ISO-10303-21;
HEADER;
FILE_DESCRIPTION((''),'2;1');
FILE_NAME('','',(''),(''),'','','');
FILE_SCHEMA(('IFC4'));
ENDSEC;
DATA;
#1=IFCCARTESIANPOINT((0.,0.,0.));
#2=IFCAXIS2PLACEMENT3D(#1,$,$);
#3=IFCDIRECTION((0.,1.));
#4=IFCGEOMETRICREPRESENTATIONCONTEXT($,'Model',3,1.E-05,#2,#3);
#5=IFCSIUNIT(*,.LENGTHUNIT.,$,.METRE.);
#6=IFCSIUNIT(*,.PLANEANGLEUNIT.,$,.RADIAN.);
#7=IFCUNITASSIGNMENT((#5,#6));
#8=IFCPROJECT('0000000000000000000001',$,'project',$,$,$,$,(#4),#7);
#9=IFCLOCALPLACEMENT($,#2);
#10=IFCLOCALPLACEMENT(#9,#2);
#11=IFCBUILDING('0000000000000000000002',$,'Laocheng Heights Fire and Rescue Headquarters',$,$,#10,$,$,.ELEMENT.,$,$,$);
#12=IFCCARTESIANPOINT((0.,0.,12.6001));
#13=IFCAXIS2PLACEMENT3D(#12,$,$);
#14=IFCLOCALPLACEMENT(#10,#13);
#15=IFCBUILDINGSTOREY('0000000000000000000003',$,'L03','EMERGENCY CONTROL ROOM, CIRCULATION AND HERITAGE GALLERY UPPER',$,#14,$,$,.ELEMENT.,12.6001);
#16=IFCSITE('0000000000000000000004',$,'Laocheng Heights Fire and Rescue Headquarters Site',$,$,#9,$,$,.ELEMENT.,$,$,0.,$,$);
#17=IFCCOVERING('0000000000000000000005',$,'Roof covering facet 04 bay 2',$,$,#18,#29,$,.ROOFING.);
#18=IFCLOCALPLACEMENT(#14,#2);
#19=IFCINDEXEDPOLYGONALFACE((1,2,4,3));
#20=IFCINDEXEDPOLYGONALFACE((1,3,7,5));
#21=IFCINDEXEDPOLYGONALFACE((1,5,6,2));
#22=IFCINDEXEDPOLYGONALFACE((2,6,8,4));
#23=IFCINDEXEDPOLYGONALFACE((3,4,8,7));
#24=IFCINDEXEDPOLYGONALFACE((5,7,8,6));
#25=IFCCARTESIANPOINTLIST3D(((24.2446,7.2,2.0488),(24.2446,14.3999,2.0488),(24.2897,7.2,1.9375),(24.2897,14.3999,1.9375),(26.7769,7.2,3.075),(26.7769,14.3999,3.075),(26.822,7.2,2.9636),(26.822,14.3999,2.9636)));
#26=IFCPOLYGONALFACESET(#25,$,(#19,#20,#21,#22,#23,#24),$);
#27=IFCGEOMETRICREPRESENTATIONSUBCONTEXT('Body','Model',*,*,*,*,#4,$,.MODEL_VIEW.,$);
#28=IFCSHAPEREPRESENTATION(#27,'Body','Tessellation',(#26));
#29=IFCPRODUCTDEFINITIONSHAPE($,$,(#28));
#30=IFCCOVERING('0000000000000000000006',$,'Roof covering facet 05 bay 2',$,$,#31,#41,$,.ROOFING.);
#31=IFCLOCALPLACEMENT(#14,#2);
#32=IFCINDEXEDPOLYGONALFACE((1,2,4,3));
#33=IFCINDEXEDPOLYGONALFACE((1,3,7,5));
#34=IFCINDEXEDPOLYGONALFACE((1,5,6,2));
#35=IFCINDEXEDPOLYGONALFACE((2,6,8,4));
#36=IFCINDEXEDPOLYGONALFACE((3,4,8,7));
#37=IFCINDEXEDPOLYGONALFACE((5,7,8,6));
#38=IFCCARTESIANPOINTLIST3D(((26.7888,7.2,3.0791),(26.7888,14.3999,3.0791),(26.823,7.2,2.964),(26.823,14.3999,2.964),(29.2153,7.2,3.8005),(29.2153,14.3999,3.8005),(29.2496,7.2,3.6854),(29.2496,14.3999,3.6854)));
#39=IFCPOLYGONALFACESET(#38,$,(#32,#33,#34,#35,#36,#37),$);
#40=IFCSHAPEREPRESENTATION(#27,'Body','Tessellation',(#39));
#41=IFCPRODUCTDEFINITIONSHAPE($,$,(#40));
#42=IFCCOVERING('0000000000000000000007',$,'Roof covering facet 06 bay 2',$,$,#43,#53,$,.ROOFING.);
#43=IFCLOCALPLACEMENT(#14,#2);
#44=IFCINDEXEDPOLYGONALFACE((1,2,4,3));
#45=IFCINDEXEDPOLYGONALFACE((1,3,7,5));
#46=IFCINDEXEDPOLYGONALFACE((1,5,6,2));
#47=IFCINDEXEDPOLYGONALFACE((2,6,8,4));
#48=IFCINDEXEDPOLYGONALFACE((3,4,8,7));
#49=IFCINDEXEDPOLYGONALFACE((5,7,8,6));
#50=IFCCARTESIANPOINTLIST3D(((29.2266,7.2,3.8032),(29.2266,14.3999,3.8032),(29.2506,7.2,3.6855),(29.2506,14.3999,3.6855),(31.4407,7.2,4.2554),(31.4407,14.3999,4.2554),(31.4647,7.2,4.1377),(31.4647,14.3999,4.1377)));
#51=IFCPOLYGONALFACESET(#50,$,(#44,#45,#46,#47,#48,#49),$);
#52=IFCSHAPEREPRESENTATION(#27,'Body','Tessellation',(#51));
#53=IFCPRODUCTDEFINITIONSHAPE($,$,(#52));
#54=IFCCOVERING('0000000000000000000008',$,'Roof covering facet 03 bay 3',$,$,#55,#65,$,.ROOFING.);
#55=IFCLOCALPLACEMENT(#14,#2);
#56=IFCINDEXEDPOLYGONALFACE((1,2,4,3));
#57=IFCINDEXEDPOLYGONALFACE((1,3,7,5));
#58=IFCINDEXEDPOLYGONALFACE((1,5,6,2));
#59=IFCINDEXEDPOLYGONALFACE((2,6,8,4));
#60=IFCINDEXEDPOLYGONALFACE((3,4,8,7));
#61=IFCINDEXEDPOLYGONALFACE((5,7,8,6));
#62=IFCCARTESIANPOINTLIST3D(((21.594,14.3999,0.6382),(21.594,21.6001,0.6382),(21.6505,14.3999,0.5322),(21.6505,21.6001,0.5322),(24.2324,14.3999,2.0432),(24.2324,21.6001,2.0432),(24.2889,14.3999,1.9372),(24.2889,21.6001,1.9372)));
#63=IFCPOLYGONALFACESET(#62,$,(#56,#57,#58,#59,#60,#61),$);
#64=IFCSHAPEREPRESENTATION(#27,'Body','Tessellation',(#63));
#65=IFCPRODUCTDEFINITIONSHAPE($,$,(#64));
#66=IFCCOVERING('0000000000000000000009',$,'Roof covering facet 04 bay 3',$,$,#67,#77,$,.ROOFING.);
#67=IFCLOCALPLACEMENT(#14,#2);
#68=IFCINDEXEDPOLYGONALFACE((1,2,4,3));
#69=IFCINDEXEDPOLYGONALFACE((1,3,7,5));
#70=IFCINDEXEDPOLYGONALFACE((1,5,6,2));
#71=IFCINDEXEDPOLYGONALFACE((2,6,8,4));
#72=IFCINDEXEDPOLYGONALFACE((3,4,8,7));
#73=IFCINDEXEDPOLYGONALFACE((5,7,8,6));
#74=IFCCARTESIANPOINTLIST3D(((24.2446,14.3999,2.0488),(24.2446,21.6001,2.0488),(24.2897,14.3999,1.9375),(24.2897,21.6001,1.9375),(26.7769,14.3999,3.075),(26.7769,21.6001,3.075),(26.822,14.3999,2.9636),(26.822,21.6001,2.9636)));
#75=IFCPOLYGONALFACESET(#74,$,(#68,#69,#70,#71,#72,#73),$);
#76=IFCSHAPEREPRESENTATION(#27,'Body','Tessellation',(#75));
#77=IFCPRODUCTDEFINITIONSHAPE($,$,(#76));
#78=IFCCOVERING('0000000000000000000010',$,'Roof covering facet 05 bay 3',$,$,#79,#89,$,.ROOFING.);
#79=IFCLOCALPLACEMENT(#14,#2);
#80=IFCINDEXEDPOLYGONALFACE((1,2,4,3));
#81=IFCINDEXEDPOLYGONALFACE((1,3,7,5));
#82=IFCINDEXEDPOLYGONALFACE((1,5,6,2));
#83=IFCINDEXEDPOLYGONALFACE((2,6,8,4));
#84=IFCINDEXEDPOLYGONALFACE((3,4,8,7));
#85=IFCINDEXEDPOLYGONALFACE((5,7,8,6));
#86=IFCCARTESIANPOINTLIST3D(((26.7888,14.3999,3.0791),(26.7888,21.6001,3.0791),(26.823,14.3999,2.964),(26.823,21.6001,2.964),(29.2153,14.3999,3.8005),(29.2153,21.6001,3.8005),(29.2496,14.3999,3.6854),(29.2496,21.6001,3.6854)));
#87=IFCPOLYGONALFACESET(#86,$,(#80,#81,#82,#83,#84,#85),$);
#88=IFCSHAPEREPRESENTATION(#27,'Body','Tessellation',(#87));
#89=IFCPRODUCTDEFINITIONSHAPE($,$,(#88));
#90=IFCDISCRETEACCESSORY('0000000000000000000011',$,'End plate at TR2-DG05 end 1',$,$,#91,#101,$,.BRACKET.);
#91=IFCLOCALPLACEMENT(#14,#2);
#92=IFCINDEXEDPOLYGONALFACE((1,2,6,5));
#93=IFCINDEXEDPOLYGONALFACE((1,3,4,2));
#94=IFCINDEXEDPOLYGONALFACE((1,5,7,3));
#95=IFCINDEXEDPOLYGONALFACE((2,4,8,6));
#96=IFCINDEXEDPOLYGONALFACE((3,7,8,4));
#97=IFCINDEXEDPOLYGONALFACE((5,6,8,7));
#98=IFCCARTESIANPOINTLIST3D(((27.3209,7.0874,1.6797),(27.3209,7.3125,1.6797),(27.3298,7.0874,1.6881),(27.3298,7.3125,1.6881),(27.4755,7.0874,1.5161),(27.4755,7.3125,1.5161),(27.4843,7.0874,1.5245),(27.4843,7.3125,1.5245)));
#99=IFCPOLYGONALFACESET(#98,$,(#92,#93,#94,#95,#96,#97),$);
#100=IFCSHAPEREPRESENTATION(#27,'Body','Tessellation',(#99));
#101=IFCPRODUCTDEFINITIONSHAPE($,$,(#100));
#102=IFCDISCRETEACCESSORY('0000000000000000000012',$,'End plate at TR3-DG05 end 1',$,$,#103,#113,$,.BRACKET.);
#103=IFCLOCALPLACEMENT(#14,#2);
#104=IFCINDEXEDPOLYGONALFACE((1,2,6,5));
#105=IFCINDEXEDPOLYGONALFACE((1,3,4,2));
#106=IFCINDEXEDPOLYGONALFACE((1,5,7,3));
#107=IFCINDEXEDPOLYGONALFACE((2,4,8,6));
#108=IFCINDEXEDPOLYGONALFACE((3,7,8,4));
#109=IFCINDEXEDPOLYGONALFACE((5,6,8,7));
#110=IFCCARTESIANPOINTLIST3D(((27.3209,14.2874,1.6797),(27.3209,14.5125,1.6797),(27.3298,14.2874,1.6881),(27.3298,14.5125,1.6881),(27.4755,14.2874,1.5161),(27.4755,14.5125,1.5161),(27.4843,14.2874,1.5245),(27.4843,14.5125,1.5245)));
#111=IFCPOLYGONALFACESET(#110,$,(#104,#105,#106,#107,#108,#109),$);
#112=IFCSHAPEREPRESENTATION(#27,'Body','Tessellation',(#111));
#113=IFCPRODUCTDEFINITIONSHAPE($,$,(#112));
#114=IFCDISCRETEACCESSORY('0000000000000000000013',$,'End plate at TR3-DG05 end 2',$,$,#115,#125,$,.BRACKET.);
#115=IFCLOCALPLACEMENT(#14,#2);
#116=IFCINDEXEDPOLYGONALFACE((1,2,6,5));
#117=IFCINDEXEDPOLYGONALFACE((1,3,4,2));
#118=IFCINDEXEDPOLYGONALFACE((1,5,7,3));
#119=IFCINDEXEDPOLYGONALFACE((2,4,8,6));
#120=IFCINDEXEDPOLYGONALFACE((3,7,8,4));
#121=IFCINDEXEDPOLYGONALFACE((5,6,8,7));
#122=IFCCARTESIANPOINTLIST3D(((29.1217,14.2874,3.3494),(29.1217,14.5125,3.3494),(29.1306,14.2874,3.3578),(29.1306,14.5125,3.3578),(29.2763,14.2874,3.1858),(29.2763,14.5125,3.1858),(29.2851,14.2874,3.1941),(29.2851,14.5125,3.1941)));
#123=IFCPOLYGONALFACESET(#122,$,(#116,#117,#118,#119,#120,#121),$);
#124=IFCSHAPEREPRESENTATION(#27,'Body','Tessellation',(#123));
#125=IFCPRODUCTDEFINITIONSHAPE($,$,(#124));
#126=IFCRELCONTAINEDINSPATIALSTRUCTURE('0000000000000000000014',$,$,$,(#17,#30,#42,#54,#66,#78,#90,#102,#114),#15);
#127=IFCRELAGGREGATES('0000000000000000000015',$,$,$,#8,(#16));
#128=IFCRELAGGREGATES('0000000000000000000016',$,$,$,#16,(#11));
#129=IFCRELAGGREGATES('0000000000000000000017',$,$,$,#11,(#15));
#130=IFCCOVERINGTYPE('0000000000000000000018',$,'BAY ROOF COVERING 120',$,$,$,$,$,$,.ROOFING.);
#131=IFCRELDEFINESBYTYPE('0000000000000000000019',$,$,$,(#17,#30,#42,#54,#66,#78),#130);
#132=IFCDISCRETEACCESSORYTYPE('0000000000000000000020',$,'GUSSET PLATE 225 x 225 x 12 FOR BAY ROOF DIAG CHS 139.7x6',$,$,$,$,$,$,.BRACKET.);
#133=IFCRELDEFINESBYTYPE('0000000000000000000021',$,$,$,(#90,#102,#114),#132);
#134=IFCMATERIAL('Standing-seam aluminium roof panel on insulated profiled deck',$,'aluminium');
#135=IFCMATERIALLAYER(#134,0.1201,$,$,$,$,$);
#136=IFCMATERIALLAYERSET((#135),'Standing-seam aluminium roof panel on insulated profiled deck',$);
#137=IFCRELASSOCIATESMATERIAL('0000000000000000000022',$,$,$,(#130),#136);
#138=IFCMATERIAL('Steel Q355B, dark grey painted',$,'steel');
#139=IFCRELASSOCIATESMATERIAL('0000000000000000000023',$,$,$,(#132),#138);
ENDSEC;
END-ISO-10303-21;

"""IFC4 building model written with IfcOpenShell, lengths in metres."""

from ifc_helpers import new_model, si_unit, direction, frame, origin, origin_2d, place, context, subcontext, project, spatial, polyline, rectangle, outline, extrude, material, layer, layer_set, material_profile, profile_set, type_object, element, save


model = new_model("IFC4")

# Units and contexts
model_context = context("Model", 3, precision=1e-05, world=origin(), true_north=direction((0.0, 1.0)))
body_context = subcontext(model_context, "Body", "Model", "MODEL_VIEW")
ifc_project = project(units=[si_unit("LENGTHUNIT", "METRE"), si_unit("PLANEANGLEUNIT", "RADIAN")], contexts=[model_context])

# Site, building, storey
site_placement = place(None, origin())
site = spatial("IfcSite", under=ifc_project, at=site_placement, Name="Laocheng Heights Fire and Rescue Headquarters Site", CompositionType="ELEMENT", RefElevation=0.0)
building_placement = place(site_placement, origin())
building = spatial("IfcBuilding", under=site, at=building_placement, Name="Laocheng Heights Fire and Rescue Headquarters", CompositionType="ELEMENT")
storey_placement = place(building_placement, frame((0.0, 0.0, 12.6001)))
storey = spatial("IfcBuildingStorey", under=building, at=storey_placement, Name="L03", Description="EMERGENCY CONTROL ROOM, CIRCULATION AND HERITAGE GALLERY UPPER", CompositionType="ELEMENT", Elevation=12.6001)

# Coverings
ifc_material_1 = material(Name="Standing-seam aluminium roof panel on insulated profiled deck", Category="aluminium")
ifc_layer = layer(ifc_material_1, 0.1201)
ifc_layer_set = layer_set([ifc_layer], Name="Standing-seam aluminium roof panel on insulated profiled deck")
covering_type = type_object("IfcCoveringType", Name="BAY ROOF COVERING 120", PredefinedType="ROOFING", material=ifc_layer_set)
covering_1_placement = place(storey_placement, frame((24.2446, 7.2, 2.0488), z_axis=(-0.375562, 0.0, 0.926797), x_axis=(0.926797, 0.0, 0.375562)))
element("IfcCovering", 1, at=covering_1_placement, inside=storey, type_object=covering_type, Name="Roof covering facet 04 bay 2", PredefinedType="ROOFING", context=body_context, shape_type="SweptSolid", body=[
    extrude(outline(polyline([(0.0, 0.0), (2.7322, 0.0), (2.7322, 7.2), (0.0, 7.2), (0.0, 0.0)])), origin(), (0.0, 0.0, -1.0), 0.1201),
])
covering_2_placement = place(storey_placement, frame((26.7888, 7.2, 3.0791), z_axis=(-0.284985, 0.0, 0.958532), x_axis=(0.958532, 0.0, 0.284985)))
element("IfcCovering", 2, at=covering_2_placement, inside=storey, type_object=covering_type, Name="Roof covering facet 05 bay 2", PredefinedType="ROOFING", context=body_context, shape_type="SweptSolid", body=[
    extrude(outline(polyline([(0.0, 0.0), (2.5315, 0.0), (2.5315, 7.2), (0.0, 7.2), (0.0, 0.0)])), origin(), (0.0, 0.0, -1.0), 0.1201),
])
covering_3_placement = place(storey_placement, frame((29.2266, 7.2, 3.8032), z_axis=(-0.200083, 0.0, 0.979779), x_axis=(0.979779, 0.0, 0.200083)))
element("IfcCovering", 3, at=covering_3_placement, inside=storey, type_object=covering_type, Name="Roof covering facet 06 bay 2", PredefinedType="ROOFING", context=body_context, shape_type="SweptSolid", body=[
    extrude(outline(polyline([(0.0, 0.0), (2.2598, 0.0), (2.2598, 7.2), (0.0, 7.2), (0.0, 0.0)])), origin(), (0.0, 0.0, -1.0), 0.1201),
])
covering_4_placement = place(storey_placement, frame((21.594, 14.3999, 0.6382), z_axis=(-0.470033, 0.0, 0.882649), x_axis=(0.882649, 0.0, 0.470033)))
element("IfcCovering", 4, at=covering_4_placement, inside=storey, type_object=covering_type, Name="Roof covering facet 03 bay 3", PredefinedType="ROOFING", context=body_context, shape_type="SweptSolid", body=[
    extrude(outline(polyline([(0.0, 0.0), (2.9892, 0.0), (2.9892, 7.2002), (0.0, 7.2002), (0.0, 0.0)])), origin(), (0.0, 0.0, -1.0), 0.1201),
])
covering_5_placement = place(storey_placement, frame((24.2446, 14.3999, 2.0488), z_axis=(-0.375562, 0.0, 0.926797), x_axis=(0.926797, 0.0, 0.375562)))
element("IfcCovering", 5, at=covering_5_placement, inside=storey, type_object=covering_type, Name="Roof covering facet 04 bay 3", PredefinedType="ROOFING", context=body_context, shape_type="SweptSolid", body=[
    extrude(outline(polyline([(0.0, 0.0), (2.7322, 0.0), (2.7322, 7.2002), (0.0, 7.2002), (0.0, 0.0)])), origin(), (0.0, 0.0, -1.0), 0.1201),
])
covering_6_placement = place(storey_placement, frame((26.7888, 14.3999, 3.0791), z_axis=(-0.284985, 0.0, 0.958532), x_axis=(0.958532, 0.0, 0.284985)))
element("IfcCovering", 6, at=covering_6_placement, inside=storey, type_object=covering_type, Name="Roof covering facet 05 bay 3", PredefinedType="ROOFING", context=body_context, shape_type="SweptSolid", body=[
    extrude(outline(polyline([(0.0, 0.0), (2.5315, 0.0), (2.5315, 7.2002), (0.0, 7.2002), (0.0, 0.0)])), origin(), (0.0, 0.0, -1.0), 0.1201),
])

# Discrete accessories
ifc_material_2 = material(Name="Steel Q355B, dark grey painted", Category="steel")
ifc_material_profile_1 = material_profile(ifc_material_2, rectangle(XDim=0.2251, YDim=0.2251, at=origin_2d()), Name="GUSSET PLATE 225 x 225 x 12 FOR BAY ROOF DIAG CHS 139.7x6")
ifc_profile_set_1 = profile_set([ifc_material_profile_1], Name="Steel Q355B, dark grey painted")
discrete_accessory_type = type_object("IfcDiscreteAccessoryType", Name="GUSSET PLATE 225 x 225 x 12 FOR BAY ROOF DIAG CHS 139.7x6", PredefinedType="BRACKET", material=ifc_profile_set_1)
for number, where, z_axis, x_axis, name in (
    (7, (27.3982, 7.2, 1.5979), (0.727013, 0.0, 0.686624), (0.0, 1.0, 0.0), "End plate at TR2-DG05 end 1"),
    (8, (27.3982, 14.3999, 1.5979), (0.727013, 0.0, 0.686624), (0.0, 1.0, 0.0), "End plate at TR3-DG05 end 1"),
    (9, (29.199, 14.3999, 3.2676), (0.727013, 0.0, 0.686624), (0.0, 1.0, 0.0), "End plate at TR3-DG05 end 2"),
):
    element("IfcDiscreteAccessory", number, at=place(storey_placement, frame(where, z_axis=z_axis, x_axis=x_axis)), inside=storey, type_object=discrete_accessory_type, Name=name, PredefinedType="BRACKET", context=body_context, shape_type="SweptSolid", body=[
        extrude(rectangle(XDim=0.2251, YDim=0.2251, at=origin_2d()), origin(), (0.0, 0.0, 1.0), 0.0122),
    ])

save(model, "model.ifc")
